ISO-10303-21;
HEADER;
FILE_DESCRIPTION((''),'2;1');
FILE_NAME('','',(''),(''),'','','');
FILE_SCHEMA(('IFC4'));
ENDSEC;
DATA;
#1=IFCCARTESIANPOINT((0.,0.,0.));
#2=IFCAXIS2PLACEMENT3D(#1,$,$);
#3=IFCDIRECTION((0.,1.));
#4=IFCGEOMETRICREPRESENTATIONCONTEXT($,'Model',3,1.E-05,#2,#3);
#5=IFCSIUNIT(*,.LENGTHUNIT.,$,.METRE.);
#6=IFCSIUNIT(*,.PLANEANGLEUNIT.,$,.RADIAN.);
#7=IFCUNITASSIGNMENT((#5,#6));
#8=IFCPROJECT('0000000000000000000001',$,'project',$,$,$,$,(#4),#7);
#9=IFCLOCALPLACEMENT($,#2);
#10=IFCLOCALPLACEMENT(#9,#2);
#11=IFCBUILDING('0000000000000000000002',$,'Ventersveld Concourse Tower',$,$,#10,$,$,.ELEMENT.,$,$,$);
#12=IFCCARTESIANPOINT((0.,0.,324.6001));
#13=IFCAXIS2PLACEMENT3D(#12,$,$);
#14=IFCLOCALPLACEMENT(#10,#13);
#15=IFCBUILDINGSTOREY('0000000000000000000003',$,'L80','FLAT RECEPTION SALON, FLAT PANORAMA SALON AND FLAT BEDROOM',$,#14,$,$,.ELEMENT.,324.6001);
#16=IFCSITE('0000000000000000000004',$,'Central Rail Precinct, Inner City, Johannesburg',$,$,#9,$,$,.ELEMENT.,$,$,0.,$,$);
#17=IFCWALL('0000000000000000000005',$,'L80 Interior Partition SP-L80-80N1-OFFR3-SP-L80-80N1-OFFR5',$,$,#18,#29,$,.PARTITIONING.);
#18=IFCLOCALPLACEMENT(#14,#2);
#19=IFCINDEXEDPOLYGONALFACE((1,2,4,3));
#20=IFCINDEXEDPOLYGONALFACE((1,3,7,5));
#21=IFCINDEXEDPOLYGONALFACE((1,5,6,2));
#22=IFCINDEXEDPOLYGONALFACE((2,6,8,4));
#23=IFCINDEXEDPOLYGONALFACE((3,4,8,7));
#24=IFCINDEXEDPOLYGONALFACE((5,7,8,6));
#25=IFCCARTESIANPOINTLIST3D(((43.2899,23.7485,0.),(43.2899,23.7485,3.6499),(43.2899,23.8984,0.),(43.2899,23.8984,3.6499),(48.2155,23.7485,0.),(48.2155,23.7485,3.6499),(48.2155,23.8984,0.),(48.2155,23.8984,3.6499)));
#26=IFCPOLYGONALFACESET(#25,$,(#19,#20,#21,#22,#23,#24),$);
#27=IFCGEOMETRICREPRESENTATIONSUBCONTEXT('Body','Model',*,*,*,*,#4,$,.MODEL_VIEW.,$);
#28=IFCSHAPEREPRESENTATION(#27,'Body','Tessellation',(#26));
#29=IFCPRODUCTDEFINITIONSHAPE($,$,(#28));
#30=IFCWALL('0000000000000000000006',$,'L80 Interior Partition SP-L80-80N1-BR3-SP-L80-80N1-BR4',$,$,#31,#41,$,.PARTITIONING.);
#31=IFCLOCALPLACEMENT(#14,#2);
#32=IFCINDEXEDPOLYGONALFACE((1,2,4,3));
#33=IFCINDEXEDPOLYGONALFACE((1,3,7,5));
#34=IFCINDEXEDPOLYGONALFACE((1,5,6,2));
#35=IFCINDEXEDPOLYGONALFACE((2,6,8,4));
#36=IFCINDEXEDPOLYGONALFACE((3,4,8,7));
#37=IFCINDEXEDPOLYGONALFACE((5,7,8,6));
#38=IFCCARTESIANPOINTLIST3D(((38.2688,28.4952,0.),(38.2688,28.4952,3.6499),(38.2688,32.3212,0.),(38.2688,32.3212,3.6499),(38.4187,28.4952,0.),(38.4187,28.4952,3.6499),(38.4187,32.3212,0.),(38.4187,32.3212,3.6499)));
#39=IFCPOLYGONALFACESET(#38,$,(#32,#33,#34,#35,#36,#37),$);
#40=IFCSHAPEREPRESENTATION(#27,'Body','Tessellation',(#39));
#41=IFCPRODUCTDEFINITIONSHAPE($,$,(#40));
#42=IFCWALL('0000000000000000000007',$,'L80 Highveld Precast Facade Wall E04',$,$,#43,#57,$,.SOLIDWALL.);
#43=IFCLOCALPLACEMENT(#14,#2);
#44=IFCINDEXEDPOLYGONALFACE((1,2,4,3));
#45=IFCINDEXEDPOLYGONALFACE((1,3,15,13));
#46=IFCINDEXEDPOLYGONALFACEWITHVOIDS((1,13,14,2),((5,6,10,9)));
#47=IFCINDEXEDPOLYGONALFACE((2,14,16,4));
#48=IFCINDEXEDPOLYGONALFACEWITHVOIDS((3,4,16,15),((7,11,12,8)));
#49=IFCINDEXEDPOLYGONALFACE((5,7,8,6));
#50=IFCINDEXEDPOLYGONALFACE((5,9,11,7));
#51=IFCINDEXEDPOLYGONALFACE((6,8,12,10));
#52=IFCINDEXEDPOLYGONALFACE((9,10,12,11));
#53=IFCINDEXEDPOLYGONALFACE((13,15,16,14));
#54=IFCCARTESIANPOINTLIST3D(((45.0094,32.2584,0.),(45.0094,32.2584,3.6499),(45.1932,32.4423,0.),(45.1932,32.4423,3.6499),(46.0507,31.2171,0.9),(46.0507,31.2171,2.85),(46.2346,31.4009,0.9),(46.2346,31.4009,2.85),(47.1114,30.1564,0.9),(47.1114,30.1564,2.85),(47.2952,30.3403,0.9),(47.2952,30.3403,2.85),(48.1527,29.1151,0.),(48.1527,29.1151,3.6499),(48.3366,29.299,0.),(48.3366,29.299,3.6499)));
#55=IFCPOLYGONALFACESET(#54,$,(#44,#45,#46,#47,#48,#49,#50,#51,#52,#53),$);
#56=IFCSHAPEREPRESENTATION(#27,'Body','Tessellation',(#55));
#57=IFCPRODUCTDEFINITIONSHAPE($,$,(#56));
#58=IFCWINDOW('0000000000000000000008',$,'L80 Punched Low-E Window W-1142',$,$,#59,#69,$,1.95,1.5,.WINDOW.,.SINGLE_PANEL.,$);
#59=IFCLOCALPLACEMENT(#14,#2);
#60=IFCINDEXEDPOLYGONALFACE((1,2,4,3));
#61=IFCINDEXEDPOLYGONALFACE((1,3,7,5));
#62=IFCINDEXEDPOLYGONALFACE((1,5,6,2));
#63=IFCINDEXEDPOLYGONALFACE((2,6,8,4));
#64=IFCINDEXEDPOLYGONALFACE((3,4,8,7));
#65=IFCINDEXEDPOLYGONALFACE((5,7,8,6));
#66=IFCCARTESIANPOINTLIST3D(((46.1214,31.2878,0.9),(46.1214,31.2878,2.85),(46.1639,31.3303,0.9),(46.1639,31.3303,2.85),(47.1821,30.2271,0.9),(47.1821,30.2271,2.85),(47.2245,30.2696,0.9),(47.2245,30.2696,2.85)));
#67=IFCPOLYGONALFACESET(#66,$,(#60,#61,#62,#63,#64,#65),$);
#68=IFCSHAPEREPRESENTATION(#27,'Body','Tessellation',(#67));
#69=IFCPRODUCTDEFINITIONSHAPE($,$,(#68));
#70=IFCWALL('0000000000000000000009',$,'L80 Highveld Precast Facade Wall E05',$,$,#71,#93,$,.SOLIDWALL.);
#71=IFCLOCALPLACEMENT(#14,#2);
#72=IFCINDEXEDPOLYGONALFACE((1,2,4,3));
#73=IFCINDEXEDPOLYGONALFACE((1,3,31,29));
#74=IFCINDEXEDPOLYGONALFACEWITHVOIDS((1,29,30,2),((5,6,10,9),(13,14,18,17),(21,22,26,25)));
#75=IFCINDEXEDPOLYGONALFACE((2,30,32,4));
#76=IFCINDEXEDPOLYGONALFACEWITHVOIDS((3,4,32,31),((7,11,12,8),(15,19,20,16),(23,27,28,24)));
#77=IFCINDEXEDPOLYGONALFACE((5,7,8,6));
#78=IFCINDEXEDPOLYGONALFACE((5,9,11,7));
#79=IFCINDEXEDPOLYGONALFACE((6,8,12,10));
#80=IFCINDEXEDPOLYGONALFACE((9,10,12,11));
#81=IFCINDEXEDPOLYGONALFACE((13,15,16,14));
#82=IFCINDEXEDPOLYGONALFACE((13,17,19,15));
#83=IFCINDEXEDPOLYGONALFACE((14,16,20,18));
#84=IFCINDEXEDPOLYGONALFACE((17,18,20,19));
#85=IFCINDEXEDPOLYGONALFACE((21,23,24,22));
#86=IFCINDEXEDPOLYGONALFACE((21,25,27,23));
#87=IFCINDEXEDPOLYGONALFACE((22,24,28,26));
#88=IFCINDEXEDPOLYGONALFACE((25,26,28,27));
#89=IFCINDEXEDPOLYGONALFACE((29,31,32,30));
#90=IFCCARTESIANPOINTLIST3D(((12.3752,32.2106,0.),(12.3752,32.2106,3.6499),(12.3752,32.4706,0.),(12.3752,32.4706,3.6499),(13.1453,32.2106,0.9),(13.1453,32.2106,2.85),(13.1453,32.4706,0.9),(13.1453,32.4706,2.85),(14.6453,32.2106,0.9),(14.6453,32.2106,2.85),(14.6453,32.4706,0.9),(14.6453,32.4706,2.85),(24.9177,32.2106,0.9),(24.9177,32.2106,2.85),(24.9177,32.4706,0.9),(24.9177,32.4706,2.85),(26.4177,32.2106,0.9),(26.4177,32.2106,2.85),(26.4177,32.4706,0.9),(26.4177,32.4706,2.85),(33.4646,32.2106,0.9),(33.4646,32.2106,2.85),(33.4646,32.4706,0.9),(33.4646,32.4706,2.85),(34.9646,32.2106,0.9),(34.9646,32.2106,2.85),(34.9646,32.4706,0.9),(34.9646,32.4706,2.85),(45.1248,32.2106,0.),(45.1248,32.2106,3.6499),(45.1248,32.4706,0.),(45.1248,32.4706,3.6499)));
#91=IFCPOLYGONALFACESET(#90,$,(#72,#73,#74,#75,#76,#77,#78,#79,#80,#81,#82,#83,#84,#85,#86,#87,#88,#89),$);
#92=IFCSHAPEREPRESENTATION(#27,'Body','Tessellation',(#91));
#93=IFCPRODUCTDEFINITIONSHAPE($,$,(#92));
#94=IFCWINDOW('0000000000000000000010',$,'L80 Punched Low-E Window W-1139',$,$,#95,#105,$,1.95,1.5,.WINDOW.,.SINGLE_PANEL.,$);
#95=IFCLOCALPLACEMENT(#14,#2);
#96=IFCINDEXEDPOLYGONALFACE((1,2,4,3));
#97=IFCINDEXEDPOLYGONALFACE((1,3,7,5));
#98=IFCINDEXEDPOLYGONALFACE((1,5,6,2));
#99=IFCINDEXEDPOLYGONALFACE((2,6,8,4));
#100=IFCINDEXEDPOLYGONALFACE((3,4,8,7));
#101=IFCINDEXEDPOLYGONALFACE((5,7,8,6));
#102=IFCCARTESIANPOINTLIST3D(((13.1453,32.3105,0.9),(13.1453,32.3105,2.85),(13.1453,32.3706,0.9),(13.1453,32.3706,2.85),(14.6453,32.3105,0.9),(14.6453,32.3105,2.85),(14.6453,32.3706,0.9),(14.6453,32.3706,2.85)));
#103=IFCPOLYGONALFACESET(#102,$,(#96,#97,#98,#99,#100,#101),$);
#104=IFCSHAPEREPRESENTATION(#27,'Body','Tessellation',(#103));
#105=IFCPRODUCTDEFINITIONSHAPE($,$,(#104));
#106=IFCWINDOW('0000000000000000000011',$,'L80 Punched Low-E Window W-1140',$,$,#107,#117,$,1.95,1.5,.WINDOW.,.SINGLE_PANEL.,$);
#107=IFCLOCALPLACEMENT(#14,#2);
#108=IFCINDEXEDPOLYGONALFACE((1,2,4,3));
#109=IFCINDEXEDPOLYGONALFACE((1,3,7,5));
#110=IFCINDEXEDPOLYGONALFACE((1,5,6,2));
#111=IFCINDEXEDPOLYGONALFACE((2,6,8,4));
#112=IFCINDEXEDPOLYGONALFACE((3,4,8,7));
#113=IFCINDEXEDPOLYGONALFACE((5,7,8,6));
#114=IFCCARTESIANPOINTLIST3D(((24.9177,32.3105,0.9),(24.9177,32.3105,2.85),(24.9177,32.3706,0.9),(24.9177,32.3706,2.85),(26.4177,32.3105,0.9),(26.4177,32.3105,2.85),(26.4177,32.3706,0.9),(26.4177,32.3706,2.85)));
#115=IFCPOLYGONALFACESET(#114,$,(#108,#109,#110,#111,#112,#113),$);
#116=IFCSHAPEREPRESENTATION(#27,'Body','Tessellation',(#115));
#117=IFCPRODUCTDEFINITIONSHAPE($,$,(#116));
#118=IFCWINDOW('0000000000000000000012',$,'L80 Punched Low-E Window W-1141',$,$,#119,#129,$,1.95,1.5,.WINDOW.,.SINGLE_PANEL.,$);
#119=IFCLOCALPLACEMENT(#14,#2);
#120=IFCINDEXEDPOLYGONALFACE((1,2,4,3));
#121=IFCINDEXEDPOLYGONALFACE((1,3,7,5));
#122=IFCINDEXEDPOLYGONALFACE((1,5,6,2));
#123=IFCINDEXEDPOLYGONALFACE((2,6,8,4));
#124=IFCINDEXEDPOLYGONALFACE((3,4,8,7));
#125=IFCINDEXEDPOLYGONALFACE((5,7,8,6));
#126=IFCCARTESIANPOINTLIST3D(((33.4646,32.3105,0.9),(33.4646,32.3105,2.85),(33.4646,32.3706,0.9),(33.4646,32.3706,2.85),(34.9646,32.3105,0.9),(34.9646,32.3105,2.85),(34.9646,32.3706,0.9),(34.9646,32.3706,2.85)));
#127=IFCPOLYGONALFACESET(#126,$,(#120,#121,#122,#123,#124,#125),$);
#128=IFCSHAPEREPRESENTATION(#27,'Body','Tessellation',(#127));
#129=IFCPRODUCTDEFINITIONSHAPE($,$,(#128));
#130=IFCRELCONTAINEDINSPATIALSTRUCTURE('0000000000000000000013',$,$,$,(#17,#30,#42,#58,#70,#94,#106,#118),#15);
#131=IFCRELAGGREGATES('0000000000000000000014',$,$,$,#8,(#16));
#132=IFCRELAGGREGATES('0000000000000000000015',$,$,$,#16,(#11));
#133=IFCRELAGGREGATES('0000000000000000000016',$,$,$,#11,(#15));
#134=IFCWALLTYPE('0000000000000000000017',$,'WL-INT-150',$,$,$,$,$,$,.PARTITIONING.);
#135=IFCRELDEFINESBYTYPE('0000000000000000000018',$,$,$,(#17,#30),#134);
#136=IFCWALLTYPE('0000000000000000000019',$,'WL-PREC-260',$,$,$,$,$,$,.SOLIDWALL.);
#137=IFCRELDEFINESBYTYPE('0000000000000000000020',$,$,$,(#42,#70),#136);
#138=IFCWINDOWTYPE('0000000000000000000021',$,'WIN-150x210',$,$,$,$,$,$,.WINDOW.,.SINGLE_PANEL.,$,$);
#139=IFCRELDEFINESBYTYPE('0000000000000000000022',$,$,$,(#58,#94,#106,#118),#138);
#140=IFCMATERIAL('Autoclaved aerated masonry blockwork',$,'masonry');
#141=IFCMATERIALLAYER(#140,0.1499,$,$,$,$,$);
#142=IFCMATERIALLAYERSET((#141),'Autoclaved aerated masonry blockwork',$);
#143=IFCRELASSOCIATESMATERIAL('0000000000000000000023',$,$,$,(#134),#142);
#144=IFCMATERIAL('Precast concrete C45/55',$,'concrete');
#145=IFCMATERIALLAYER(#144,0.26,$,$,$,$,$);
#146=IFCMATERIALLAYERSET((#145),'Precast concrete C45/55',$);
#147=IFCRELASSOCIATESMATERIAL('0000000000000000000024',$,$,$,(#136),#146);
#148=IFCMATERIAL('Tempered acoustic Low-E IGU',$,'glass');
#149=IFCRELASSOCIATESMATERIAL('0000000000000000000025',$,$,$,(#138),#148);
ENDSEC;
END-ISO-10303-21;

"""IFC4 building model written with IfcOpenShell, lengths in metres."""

from ifc_helpers import new_model, si_unit, direction, frame, frame_2d, origin, place, context, subcontext, project, spatial, rectangle, extrude, material, layer, layer_set, type_object, element, fill, save


model = new_model("IFC4")

# Units and contexts
model_context = context("Model", 3, precision=1e-05, world=origin(), true_north=direction((0.0, 1.0)))
body_context = subcontext(model_context, "Body", "Model", "MODEL_VIEW")
ifc_project = project(units=[si_unit("LENGTHUNIT", "METRE"), si_unit("PLANEANGLEUNIT", "RADIAN")], contexts=[model_context])

# Site, building, storey
site_placement = place(None, origin())
site = spatial("IfcSite", under=ifc_project, at=site_placement, Name="Central Rail Precinct, Inner City, Johannesburg", CompositionType="ELEMENT", RefElevation=0.0)
building_placement = place(site_placement, origin())
building = spatial("IfcBuilding", under=site, at=building_placement, Name="Ventersveld Concourse Tower", CompositionType="ELEMENT")
storey_placement = place(building_placement, frame((0.0, 0.0, 324.6001)))
storey = spatial("IfcBuildingStorey", under=building, at=storey_placement, Name="L80", Description="FLAT RECEPTION SALON, FLAT PANORAMA SALON AND FLAT BEDROOM", CompositionType="ELEMENT", Elevation=324.6001)

# Shared definitions
ifc_material_1 = material(Name="Autoclaved aerated masonry blockwork", Category="masonry")
ifc_layer_1 = layer(ifc_material_1, 0.1499)
ifc_layer_set_1 = layer_set([ifc_layer_1], Name="Autoclaved aerated masonry blockwork")
wall_type_1 = type_object("IfcWallType", Name="WL-INT-150", PredefinedType="PARTITIONING", material=ifc_layer_set_1)

# Walls
wall_1_placement = place(storey_placement, frame((43.2898, 23.8235, 0.0), z_axis=(0.0, 0.0, 1.0), x_axis=(1.0, 0.0, 0.0)))
element("IfcWall", 1, at=wall_1_placement, inside=storey, type_object=wall_type_1, Name="L80 Interior Partition SP-L80-80N1-OFFR3-SP-L80-80N1-OFFR5", PredefinedType="PARTITIONING", context=body_context, shape_type="SweptSolid", body=[
    extrude(rectangle(XDim=4.9255, YDim=0.1499, at=frame_2d((2.4629, 0.0))), origin(), (0.0, 0.0, 1.0), 3.6499),
])
wall_2_placement = place(storey_placement, frame((38.3438, 28.4951, 0.0), z_axis=(0.0, 0.0, 1.0), x_axis=(0.0, 1.0, 0.0)))
element("IfcWall", 2, at=wall_2_placement, inside=storey, type_object=wall_type_1, Name="L80 Interior Partition SP-L80-80N1-BR3-SP-L80-80N1-BR4", PredefinedType="PARTITIONING", context=body_context, shape_type="SweptSolid", body=[
    extrude(rectangle(XDim=3.8259, YDim=0.1499, at=frame_2d((1.9131, 0.0))), origin(), (0.0, 0.0, 1.0), 3.6499),
])

# Wall, opening, window
ifc_material_2 = material(Name="Precast concrete C45/55", Category="concrete")
ifc_layer_2 = layer(ifc_material_2, 0.26)
ifc_layer_set_2 = layer_set([ifc_layer_2], Name="Precast concrete C45/55")
wall_type_2 = type_object("IfcWallType", Name="WL-PREC-260", PredefinedType="SOLIDWALL", material=ifc_layer_set_2)
wall_3_placement = place(storey_placement, frame((48.2446, 29.207, 0.0), z_axis=(0.0, 0.0, 1.0), x_axis=(-0.707107, 0.707107, 0.0)))
wall_3 = element("IfcWall", 3, at=wall_3_placement, inside=storey, type_object=wall_type_2, Name="L80 Highveld Precast Facade Wall E04", PredefinedType="SOLIDWALL", context=body_context, shape_type="SweptSolid", body=[
    extrude(rectangle(XDim=4.4453, YDim=0.26, at=frame_2d((2.2227, 0.0))), origin(), (0.0, 0.0, 1.0), 3.6499),
])
opening_1_placement = place(wall_3_placement, frame((1.4727, 0.0, 0.8999)))
opening_1 = element("IfcOpeningElement", 4, at=opening_1_placement, cuts=wall_3, PredefinedType="OPENING", context=body_context, shape_type="SweptSolid", body=[
    extrude(rectangle(XDim=1.5, YDim=1.95, at=frame_2d((0.75, 0.9751))), frame((0.0, 0.1401, 0.0), z_axis=(0.0, -1.0, 0.0), x_axis=(1.0, 0.0, 0.0)), (0.0, 0.0, 1.0), 0.28),
])
ifc_material_3 = material(Name="Tempered acoustic Low-E IGU", Category="glass")
window_type = type_object("IfcWindowType", Name="WIN-150x210", PartitioningType="SINGLE_PANEL", PredefinedType="WINDOW", material=ifc_material_3)
window_1_placement = place(opening_1_placement, origin())
window_1 = element("IfcWindow", 5, at=window_1_placement, inside=storey, type_object=window_type, Name="L80 Punched Low-E Window W-1142", OverallHeight=1.95, OverallWidth=1.5, PartitioningType="SINGLE_PANEL", PredefinedType="WINDOW", context=body_context, shape_type="SweptSolid", body=[
    extrude(rectangle(XDim=1.5, YDim=1.95, at=frame_2d((0.75, 0.9751))), frame((0.0, 0.03, 0.0), z_axis=(0.0, -1.0, 0.0), x_axis=(1.0, 0.0, 0.0)), (0.0, 0.0, 1.0), 0.0601),
])
fill(opening_1, window_1)

# Wall, openings, windows
wall_4_placement = place(storey_placement, frame((45.1248, 32.3406, 0.0), z_axis=(0.0, 0.0, 1.0), x_axis=(-1.0, 0.0, 0.0)))
wall_4 = element("IfcWall", 6, at=wall_4_placement, inside=storey, type_object=wall_type_2, Name="L80 Highveld Precast Facade Wall E05", PredefinedType="SOLIDWALL", context=body_context, shape_type="SweptSolid", body=[
    extrude(rectangle(XDim=32.7495, YDim=0.26, at=frame_2d((16.3748, 0.0))), origin(), (0.0, 0.0, 1.0), 3.6499),
])
opening_2_placement = place(wall_4_placement, frame((30.4795, 0.0, 0.8999)))
opening_2 = element("IfcOpeningElement", 7, at=opening_2_placement, cuts=wall_4, PredefinedType="OPENING", context=body_context, shape_type="SweptSolid", body=[
    extrude(rectangle(XDim=1.5, YDim=1.95, at=frame_2d((0.75, 0.9751))), frame((0.0, 0.1401, 0.0), z_axis=(0.0, -1.0, 0.0), x_axis=(1.0, 0.0, 0.0)), (0.0, 0.0, 1.0), 0.28),
])
opening_3_placement = place(wall_4_placement, frame((18.707, 0.0, 0.8999)))
opening_3 = element("IfcOpeningElement", 8, at=opening_3_placement, cuts=wall_4, PredefinedType="OPENING", context=body_context, shape_type="SweptSolid", body=[
    extrude(rectangle(XDim=1.5, YDim=1.95, at=frame_2d((0.75, 0.9751))), frame((0.0, 0.1401, 0.0), z_axis=(0.0, -1.0, 0.0), x_axis=(1.0, 0.0, 0.0)), (0.0, 0.0, 1.0), 0.28),
])
opening_4_placement = place(wall_4_placement, frame((10.1602, 0.0, 0.8999)))
opening_4 = element("IfcOpeningElement", 9, at=opening_4_placement, cuts=wall_4, PredefinedType="OPENING", context=body_context, shape_type="SweptSolid", body=[
    extrude(rectangle(XDim=1.5, YDim=1.95, at=frame_2d((0.75, 0.9751))), frame((0.0, 0.1401, 0.0), z_axis=(0.0, -1.0, 0.0), x_axis=(1.0, 0.0, 0.0)), (0.0, 0.0, 1.0), 0.28),
])
window_2_placement = place(opening_2_placement, origin())
window_2 = element("IfcWindow", 10, at=window_2_placement, inside=storey, type_object=window_type, Name="L80 Punched Low-E Window W-1139", OverallHeight=1.95, OverallWidth=1.5, PartitioningType="SINGLE_PANEL", PredefinedType="WINDOW", context=body_context, shape_type="SweptSolid", body=[
    extrude(rectangle(XDim=1.5, YDim=1.95, at=frame_2d((0.75, 0.9751))), frame((0.0, 0.03, 0.0), z_axis=(0.0, -1.0, 0.0), x_axis=(1.0, 0.0, 0.0)), (0.0, 0.0, 1.0), 0.0601),
])
fill(opening_2, window_2)
window_3_placement = place(opening_3_placement, origin())
window_3 = element("IfcWindow", 11, at=window_3_placement, inside=storey, type_object=window_type, Name="L80 Punched Low-E Window W-1140", OverallHeight=1.95, OverallWidth=1.5, PartitioningType="SINGLE_PANEL", PredefinedType="WINDOW", context=body_context, shape_type="SweptSolid", body=[
    extrude(rectangle(XDim=1.5, YDim=1.95, at=frame_2d((0.75, 0.9751))), frame((0.0, 0.03, 0.0), z_axis=(0.0, -1.0, 0.0), x_axis=(1.0, 0.0, 0.0)), (0.0, 0.0, 1.0), 0.0601),
])
fill(opening_3, window_3)
window_4_placement = place(opening_4_placement, origin())
window_4 = element("IfcWindow", 12, at=window_4_placement, inside=storey, type_object=window_type, Name="L80 Punched Low-E Window W-1141", OverallHeight=1.95, OverallWidth=1.5, PartitioningType="SINGLE_PANEL", PredefinedType="WINDOW", context=body_context, shape_type="SweptSolid", body=[
    extrude(rectangle(XDim=1.5, YDim=1.95, at=frame_2d((0.75, 0.9751))), frame((0.0, 0.03, 0.0), z_axis=(0.0, -1.0, 0.0), x_axis=(1.0, 0.0, 0.0)), (0.0, 0.0, 1.0), 0.0601),
])
fill(opening_4, window_4)

save(model, "model.ifc")
